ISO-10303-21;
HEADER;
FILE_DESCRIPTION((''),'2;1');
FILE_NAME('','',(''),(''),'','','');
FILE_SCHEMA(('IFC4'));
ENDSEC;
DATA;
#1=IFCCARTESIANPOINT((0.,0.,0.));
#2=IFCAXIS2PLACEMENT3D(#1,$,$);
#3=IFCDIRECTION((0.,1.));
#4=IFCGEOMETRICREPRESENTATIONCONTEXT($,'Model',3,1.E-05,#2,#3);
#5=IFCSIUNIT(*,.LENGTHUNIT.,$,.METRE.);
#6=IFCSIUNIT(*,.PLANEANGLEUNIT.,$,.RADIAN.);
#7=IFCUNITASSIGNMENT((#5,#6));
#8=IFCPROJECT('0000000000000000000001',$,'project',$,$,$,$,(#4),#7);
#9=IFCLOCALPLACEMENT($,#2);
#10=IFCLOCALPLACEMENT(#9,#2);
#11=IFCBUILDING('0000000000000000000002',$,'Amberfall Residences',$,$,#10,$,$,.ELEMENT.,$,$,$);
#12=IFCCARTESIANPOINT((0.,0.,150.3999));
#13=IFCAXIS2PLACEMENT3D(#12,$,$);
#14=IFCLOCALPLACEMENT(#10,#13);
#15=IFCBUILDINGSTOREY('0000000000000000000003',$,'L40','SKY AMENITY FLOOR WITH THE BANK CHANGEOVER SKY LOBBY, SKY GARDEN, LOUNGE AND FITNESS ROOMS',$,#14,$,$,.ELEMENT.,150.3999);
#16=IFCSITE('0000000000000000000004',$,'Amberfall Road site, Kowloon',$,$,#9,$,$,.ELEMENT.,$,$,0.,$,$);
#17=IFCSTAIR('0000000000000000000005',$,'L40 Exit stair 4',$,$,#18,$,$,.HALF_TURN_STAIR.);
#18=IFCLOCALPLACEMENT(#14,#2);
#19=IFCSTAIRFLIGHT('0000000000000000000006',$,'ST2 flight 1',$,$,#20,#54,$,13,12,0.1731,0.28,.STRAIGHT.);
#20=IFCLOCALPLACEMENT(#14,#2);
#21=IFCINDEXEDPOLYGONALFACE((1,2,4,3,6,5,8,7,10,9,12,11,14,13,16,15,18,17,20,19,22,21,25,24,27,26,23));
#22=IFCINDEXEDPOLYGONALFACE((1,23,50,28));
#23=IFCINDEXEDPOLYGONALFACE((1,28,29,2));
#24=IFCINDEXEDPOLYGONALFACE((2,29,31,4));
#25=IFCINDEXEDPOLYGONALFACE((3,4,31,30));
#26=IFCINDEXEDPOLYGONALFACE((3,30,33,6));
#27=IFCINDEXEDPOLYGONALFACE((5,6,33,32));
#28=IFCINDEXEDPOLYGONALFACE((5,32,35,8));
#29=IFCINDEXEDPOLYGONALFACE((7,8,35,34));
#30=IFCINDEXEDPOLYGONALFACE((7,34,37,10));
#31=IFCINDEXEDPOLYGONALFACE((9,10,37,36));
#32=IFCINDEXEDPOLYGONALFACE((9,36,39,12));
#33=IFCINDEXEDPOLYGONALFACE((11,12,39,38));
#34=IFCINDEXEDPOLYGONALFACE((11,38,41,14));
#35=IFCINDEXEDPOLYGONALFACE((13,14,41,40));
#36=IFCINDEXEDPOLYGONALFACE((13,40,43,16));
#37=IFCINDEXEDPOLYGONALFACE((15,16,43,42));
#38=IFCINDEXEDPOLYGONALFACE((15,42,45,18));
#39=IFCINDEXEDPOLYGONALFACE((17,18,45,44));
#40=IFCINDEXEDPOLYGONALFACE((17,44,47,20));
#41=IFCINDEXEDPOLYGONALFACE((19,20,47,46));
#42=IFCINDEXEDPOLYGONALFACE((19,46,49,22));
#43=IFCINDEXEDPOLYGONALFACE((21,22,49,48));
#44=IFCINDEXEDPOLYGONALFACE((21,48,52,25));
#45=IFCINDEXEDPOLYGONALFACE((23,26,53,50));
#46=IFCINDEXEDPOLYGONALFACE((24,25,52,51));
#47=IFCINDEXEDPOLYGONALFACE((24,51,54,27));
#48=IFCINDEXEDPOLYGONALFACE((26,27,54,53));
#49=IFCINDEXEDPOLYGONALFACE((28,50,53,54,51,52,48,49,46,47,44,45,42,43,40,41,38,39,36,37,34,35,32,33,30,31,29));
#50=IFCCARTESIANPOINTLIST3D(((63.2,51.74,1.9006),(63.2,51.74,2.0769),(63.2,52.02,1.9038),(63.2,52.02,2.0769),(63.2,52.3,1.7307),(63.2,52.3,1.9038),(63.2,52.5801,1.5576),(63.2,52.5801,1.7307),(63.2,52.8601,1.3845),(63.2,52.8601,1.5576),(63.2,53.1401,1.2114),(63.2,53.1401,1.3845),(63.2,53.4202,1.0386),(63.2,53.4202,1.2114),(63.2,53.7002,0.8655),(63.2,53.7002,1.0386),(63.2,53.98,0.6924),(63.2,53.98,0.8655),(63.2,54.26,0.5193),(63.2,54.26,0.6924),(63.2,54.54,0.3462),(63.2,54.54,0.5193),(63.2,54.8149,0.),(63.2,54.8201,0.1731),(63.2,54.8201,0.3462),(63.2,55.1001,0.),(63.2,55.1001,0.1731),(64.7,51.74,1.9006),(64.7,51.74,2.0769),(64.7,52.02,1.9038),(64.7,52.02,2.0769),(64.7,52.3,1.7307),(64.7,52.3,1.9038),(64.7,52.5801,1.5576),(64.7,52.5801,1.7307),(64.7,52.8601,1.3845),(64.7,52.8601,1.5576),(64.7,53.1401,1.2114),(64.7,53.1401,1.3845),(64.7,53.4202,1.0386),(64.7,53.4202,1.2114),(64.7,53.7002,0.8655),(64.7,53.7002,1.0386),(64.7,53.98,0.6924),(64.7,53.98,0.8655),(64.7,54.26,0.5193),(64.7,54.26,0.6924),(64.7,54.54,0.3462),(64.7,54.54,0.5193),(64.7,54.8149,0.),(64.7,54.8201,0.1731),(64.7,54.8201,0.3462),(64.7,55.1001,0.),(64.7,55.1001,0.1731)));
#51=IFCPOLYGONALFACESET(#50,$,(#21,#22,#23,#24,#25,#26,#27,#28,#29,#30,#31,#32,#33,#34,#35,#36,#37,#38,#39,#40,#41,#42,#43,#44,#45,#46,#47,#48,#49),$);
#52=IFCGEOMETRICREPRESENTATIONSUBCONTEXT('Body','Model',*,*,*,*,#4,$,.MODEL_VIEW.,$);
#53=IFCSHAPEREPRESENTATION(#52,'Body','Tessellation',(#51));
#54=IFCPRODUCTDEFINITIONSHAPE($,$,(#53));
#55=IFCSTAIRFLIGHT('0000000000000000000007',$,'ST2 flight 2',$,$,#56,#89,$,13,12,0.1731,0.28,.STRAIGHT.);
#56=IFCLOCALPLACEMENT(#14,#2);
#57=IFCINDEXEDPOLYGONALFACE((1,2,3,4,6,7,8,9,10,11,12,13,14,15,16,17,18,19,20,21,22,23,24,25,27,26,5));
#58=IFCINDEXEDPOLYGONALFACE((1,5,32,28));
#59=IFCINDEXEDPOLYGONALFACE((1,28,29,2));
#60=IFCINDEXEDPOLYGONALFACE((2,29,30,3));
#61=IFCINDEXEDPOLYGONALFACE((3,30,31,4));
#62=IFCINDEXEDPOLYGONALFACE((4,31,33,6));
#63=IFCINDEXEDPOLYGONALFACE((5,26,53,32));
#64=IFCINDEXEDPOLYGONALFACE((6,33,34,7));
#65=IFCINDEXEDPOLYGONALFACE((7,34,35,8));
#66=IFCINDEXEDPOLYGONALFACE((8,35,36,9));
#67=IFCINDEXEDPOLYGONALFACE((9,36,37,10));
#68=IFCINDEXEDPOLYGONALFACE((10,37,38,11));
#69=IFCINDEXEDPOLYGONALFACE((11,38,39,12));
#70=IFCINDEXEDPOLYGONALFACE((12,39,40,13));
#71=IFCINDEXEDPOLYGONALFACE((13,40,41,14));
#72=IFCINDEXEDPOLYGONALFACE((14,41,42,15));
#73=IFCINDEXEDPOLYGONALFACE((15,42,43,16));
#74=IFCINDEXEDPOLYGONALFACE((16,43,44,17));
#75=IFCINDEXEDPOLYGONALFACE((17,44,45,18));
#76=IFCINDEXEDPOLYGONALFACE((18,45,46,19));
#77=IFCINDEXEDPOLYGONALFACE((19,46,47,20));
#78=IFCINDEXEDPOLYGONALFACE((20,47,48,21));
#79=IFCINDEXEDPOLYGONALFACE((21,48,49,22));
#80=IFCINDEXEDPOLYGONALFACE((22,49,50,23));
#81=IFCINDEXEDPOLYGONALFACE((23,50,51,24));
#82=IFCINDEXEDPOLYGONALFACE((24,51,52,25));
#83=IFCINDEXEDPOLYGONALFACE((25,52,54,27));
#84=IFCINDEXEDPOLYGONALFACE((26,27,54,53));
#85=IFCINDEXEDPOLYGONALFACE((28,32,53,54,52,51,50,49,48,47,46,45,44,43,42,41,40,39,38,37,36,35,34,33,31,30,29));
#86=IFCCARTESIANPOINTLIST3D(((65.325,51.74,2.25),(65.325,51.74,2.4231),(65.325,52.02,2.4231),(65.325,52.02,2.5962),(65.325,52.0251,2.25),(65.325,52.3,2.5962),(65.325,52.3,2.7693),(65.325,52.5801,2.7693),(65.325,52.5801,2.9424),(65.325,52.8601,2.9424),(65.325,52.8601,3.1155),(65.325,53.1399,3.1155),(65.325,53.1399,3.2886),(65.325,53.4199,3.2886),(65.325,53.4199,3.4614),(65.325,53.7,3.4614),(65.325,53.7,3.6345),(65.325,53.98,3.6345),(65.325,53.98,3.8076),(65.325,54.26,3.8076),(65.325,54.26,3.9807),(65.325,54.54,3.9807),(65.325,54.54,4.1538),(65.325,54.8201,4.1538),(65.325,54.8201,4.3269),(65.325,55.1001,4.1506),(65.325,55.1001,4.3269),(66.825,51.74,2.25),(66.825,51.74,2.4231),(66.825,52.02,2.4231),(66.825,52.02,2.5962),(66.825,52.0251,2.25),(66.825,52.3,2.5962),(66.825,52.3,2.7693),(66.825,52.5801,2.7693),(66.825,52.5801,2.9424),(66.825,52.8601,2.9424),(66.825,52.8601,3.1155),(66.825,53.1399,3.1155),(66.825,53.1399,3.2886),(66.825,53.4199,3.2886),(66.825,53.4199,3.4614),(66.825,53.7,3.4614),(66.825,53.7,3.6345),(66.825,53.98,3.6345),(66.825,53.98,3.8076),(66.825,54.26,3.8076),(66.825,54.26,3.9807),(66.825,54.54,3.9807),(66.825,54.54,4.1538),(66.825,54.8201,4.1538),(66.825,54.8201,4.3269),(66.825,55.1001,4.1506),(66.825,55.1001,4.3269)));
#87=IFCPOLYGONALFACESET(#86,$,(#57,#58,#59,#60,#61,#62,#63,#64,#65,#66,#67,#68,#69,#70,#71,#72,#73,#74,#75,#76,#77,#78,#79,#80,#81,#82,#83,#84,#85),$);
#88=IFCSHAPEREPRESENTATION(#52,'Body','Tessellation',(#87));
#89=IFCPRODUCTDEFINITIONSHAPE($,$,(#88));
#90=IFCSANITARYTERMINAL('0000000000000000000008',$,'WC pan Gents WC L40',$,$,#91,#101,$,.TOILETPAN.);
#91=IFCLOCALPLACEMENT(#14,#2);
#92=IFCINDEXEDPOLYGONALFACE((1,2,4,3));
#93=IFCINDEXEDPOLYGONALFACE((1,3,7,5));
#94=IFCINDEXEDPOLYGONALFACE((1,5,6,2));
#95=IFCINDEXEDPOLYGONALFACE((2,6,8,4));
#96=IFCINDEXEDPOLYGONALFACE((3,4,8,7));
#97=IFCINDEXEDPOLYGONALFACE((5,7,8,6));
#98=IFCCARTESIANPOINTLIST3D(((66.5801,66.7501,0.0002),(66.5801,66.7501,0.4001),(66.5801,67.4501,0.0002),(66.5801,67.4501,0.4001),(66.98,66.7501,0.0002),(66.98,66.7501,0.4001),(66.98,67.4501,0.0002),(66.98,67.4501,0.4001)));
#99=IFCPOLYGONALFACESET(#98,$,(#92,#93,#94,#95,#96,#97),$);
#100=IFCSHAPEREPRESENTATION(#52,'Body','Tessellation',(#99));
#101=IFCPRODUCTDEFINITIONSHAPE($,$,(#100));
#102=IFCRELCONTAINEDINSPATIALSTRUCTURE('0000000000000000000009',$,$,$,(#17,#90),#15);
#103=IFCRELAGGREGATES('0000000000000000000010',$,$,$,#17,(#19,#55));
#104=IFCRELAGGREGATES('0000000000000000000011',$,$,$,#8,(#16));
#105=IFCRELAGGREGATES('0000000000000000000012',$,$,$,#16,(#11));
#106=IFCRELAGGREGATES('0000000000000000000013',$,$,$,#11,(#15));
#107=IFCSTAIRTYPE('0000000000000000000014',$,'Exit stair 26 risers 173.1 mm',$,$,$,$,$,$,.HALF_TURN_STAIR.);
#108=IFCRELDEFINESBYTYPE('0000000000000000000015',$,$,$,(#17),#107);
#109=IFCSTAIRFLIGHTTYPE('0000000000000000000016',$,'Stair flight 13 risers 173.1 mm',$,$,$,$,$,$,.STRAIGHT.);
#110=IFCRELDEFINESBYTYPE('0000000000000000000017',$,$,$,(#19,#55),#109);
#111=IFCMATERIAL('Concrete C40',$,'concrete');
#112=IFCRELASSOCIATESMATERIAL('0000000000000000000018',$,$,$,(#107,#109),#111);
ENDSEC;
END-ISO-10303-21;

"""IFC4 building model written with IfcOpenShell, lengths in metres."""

from ifc_helpers import new_model, si_unit, direction, frame, origin, origin_2d, place, context, subcontext, project, spatial, polyline, rectangle, outline, extrude, material, type_object, element, aggregate, save


model = new_model("IFC4")

# Units and contexts
model_context = context("Model", 3, precision=1e-05, world=origin(), true_north=direction((0.0, 1.0)))
body_context = subcontext(model_context, "Body", "Model", "MODEL_VIEW")
ifc_project = project(units=[si_unit("LENGTHUNIT", "METRE"), si_unit("PLANEANGLEUNIT", "RADIAN")], contexts=[model_context])

# Site, building, storey
site_placement = place(None, origin())
site = spatial("IfcSite", under=ifc_project, at=site_placement, Name="Amberfall Road site, Kowloon", CompositionType="ELEMENT", RefElevation=0.0)
building_placement = place(site_placement, origin())
building = spatial("IfcBuilding", under=site, at=building_placement, Name="Amberfall Residences", CompositionType="ELEMENT")
storey_placement = place(building_placement, frame((0.0, 0.0, 150.3999)))
storey = spatial("IfcBuildingStorey", under=building, at=storey_placement, Name="L40", Description="SKY AMENITY FLOOR WITH THE BANK CHANGEOVER SKY LOBBY, SKY GARDEN, LOUNGE AND FITNESS ROOMS", CompositionType="ELEMENT", Elevation=150.3999)

# Stair, stair flights
ifc_material_1 = material(Name="Concrete C40", Category="concrete")
stair_type = type_object("IfcStairType", Name="Exit stair 26 risers 173.1 mm", PredefinedType="HALF_TURN_STAIR", material=ifc_material_1)
stair_placement = place(storey_placement, origin())
stair = element("IfcStair", 1, at=stair_placement, inside=storey, type_object=stair_type, Name="L40 Exit stair 4", PredefinedType="HALF_TURN_STAIR")
stair_flight_type = type_object("IfcStairFlightType", Name="Stair flight 13 risers 173.1 mm", PredefinedType="STRAIGHT", material=ifc_material_1)
stair_flight_1_placement = place(storey_placement, frame((63.95, 55.1001, 0.0), z_axis=(0.0, 0.0, 1.0), x_axis=(0.0, -1.0, 0.0)))
stair_flight_1 = element("IfcStairFlight", 2, at=stair_flight_1_placement, type_object=stair_flight_type, Name="ST2 flight 1", NumberOfRisers=13, NumberOfTreads=12, PredefinedType="STRAIGHT", RiserHeight=0.1731, TreadLength=0.28, context=body_context, shape_type="SweptSolid", body=[
    extrude(outline(polyline([(0.0, 0.0), (0.0, 0.1731), (0.28, 0.1731), (0.28, 0.3462), (0.5601, 0.3462), (0.5601, 0.5193), (0.8401, 0.5193), (0.8401, 0.6924), (1.1201, 0.6924), (1.1201, 0.8655), (1.3999, 0.8655), (1.3999, 1.0386), (1.6799, 1.0386), (1.6799, 1.2114), (1.96, 1.2114), (1.96, 1.3845), (2.24, 1.3845), (2.24, 1.5576), (2.52, 1.5576), (2.52, 1.7307), (2.8, 1.7307), (2.8, 1.9038), (3.0801, 1.9038), (3.0801, 2.0769), (3.3601, 2.0769), (3.3601, 2.25), (3.3601, 1.9006), (0.2852, 0.0), (0.0, 0.0)])), frame((0.0, 0.75, 0.0), z_axis=(0.0, -1.0, 0.0), x_axis=(1.0, 0.0, 0.0)), (0.0, 0.0, 1.0), 1.5),
])
stair_flight_2_placement = place(storey_placement, frame((66.075, 51.74, 2.25), z_axis=(0.0, 0.0, 1.0), x_axis=(0.0, 1.0, 0.0)))
stair_flight_2 = element("IfcStairFlight", 3, at=stair_flight_2_placement, type_object=stair_flight_type, Name="ST2 flight 2", NumberOfRisers=13, NumberOfTreads=12, PredefinedType="STRAIGHT", RiserHeight=0.1731, TreadLength=0.28, context=body_context, shape_type="SweptSolid", body=[
    extrude(outline(polyline([(0.0, 0.0), (0.0, 0.1731), (0.28, 0.1731), (0.28, 0.3462), (0.5601, 0.3462), (0.5601, 0.5193), (0.8401, 0.5193), (0.8401, 0.6924), (1.1201, 0.6924), (1.1201, 0.8655), (1.3999, 0.8655), (1.3999, 1.0386), (1.6799, 1.0386), (1.6799, 1.2114), (1.96, 1.2114), (1.96, 1.3845), (2.24, 1.3845), (2.24, 1.5576), (2.52, 1.5576), (2.52, 1.7307), (2.8, 1.7307), (2.8, 1.9038), (3.0801, 1.9038), (3.0801, 2.0769), (3.3601, 2.0769), (3.3601, 2.25), (3.3601, 1.9006), (0.2852, 0.0), (0.0, 0.0)])), frame((0.0, 0.75, 0.0), z_axis=(0.0, -1.0, 0.0), x_axis=(1.0, 0.0, 0.0)), (0.0, 0.0, 1.0), 1.5),
])
aggregate(stair, [stair_flight_1, stair_flight_2])

# Sanitary terminal
sanitary_terminal_placement = place(storey_placement, frame((66.78, 67.1001, 0.0002), z_axis=(0.0, 0.0, 1.0), x_axis=(1.0, 0.0, 0.0)))
element("IfcSanitaryTerminal", 4, at=sanitary_terminal_placement, inside=storey, Name="WC pan Gents WC L40", PredefinedType="TOILETPAN", context=body_context, shape_type="SweptSolid", body=[
    extrude(rectangle(XDim=0.3999, YDim=0.7, at=origin_2d()), origin(), (0.0, 0.0, 1.0), 0.3999),
])

save(model, "model.ifc")
